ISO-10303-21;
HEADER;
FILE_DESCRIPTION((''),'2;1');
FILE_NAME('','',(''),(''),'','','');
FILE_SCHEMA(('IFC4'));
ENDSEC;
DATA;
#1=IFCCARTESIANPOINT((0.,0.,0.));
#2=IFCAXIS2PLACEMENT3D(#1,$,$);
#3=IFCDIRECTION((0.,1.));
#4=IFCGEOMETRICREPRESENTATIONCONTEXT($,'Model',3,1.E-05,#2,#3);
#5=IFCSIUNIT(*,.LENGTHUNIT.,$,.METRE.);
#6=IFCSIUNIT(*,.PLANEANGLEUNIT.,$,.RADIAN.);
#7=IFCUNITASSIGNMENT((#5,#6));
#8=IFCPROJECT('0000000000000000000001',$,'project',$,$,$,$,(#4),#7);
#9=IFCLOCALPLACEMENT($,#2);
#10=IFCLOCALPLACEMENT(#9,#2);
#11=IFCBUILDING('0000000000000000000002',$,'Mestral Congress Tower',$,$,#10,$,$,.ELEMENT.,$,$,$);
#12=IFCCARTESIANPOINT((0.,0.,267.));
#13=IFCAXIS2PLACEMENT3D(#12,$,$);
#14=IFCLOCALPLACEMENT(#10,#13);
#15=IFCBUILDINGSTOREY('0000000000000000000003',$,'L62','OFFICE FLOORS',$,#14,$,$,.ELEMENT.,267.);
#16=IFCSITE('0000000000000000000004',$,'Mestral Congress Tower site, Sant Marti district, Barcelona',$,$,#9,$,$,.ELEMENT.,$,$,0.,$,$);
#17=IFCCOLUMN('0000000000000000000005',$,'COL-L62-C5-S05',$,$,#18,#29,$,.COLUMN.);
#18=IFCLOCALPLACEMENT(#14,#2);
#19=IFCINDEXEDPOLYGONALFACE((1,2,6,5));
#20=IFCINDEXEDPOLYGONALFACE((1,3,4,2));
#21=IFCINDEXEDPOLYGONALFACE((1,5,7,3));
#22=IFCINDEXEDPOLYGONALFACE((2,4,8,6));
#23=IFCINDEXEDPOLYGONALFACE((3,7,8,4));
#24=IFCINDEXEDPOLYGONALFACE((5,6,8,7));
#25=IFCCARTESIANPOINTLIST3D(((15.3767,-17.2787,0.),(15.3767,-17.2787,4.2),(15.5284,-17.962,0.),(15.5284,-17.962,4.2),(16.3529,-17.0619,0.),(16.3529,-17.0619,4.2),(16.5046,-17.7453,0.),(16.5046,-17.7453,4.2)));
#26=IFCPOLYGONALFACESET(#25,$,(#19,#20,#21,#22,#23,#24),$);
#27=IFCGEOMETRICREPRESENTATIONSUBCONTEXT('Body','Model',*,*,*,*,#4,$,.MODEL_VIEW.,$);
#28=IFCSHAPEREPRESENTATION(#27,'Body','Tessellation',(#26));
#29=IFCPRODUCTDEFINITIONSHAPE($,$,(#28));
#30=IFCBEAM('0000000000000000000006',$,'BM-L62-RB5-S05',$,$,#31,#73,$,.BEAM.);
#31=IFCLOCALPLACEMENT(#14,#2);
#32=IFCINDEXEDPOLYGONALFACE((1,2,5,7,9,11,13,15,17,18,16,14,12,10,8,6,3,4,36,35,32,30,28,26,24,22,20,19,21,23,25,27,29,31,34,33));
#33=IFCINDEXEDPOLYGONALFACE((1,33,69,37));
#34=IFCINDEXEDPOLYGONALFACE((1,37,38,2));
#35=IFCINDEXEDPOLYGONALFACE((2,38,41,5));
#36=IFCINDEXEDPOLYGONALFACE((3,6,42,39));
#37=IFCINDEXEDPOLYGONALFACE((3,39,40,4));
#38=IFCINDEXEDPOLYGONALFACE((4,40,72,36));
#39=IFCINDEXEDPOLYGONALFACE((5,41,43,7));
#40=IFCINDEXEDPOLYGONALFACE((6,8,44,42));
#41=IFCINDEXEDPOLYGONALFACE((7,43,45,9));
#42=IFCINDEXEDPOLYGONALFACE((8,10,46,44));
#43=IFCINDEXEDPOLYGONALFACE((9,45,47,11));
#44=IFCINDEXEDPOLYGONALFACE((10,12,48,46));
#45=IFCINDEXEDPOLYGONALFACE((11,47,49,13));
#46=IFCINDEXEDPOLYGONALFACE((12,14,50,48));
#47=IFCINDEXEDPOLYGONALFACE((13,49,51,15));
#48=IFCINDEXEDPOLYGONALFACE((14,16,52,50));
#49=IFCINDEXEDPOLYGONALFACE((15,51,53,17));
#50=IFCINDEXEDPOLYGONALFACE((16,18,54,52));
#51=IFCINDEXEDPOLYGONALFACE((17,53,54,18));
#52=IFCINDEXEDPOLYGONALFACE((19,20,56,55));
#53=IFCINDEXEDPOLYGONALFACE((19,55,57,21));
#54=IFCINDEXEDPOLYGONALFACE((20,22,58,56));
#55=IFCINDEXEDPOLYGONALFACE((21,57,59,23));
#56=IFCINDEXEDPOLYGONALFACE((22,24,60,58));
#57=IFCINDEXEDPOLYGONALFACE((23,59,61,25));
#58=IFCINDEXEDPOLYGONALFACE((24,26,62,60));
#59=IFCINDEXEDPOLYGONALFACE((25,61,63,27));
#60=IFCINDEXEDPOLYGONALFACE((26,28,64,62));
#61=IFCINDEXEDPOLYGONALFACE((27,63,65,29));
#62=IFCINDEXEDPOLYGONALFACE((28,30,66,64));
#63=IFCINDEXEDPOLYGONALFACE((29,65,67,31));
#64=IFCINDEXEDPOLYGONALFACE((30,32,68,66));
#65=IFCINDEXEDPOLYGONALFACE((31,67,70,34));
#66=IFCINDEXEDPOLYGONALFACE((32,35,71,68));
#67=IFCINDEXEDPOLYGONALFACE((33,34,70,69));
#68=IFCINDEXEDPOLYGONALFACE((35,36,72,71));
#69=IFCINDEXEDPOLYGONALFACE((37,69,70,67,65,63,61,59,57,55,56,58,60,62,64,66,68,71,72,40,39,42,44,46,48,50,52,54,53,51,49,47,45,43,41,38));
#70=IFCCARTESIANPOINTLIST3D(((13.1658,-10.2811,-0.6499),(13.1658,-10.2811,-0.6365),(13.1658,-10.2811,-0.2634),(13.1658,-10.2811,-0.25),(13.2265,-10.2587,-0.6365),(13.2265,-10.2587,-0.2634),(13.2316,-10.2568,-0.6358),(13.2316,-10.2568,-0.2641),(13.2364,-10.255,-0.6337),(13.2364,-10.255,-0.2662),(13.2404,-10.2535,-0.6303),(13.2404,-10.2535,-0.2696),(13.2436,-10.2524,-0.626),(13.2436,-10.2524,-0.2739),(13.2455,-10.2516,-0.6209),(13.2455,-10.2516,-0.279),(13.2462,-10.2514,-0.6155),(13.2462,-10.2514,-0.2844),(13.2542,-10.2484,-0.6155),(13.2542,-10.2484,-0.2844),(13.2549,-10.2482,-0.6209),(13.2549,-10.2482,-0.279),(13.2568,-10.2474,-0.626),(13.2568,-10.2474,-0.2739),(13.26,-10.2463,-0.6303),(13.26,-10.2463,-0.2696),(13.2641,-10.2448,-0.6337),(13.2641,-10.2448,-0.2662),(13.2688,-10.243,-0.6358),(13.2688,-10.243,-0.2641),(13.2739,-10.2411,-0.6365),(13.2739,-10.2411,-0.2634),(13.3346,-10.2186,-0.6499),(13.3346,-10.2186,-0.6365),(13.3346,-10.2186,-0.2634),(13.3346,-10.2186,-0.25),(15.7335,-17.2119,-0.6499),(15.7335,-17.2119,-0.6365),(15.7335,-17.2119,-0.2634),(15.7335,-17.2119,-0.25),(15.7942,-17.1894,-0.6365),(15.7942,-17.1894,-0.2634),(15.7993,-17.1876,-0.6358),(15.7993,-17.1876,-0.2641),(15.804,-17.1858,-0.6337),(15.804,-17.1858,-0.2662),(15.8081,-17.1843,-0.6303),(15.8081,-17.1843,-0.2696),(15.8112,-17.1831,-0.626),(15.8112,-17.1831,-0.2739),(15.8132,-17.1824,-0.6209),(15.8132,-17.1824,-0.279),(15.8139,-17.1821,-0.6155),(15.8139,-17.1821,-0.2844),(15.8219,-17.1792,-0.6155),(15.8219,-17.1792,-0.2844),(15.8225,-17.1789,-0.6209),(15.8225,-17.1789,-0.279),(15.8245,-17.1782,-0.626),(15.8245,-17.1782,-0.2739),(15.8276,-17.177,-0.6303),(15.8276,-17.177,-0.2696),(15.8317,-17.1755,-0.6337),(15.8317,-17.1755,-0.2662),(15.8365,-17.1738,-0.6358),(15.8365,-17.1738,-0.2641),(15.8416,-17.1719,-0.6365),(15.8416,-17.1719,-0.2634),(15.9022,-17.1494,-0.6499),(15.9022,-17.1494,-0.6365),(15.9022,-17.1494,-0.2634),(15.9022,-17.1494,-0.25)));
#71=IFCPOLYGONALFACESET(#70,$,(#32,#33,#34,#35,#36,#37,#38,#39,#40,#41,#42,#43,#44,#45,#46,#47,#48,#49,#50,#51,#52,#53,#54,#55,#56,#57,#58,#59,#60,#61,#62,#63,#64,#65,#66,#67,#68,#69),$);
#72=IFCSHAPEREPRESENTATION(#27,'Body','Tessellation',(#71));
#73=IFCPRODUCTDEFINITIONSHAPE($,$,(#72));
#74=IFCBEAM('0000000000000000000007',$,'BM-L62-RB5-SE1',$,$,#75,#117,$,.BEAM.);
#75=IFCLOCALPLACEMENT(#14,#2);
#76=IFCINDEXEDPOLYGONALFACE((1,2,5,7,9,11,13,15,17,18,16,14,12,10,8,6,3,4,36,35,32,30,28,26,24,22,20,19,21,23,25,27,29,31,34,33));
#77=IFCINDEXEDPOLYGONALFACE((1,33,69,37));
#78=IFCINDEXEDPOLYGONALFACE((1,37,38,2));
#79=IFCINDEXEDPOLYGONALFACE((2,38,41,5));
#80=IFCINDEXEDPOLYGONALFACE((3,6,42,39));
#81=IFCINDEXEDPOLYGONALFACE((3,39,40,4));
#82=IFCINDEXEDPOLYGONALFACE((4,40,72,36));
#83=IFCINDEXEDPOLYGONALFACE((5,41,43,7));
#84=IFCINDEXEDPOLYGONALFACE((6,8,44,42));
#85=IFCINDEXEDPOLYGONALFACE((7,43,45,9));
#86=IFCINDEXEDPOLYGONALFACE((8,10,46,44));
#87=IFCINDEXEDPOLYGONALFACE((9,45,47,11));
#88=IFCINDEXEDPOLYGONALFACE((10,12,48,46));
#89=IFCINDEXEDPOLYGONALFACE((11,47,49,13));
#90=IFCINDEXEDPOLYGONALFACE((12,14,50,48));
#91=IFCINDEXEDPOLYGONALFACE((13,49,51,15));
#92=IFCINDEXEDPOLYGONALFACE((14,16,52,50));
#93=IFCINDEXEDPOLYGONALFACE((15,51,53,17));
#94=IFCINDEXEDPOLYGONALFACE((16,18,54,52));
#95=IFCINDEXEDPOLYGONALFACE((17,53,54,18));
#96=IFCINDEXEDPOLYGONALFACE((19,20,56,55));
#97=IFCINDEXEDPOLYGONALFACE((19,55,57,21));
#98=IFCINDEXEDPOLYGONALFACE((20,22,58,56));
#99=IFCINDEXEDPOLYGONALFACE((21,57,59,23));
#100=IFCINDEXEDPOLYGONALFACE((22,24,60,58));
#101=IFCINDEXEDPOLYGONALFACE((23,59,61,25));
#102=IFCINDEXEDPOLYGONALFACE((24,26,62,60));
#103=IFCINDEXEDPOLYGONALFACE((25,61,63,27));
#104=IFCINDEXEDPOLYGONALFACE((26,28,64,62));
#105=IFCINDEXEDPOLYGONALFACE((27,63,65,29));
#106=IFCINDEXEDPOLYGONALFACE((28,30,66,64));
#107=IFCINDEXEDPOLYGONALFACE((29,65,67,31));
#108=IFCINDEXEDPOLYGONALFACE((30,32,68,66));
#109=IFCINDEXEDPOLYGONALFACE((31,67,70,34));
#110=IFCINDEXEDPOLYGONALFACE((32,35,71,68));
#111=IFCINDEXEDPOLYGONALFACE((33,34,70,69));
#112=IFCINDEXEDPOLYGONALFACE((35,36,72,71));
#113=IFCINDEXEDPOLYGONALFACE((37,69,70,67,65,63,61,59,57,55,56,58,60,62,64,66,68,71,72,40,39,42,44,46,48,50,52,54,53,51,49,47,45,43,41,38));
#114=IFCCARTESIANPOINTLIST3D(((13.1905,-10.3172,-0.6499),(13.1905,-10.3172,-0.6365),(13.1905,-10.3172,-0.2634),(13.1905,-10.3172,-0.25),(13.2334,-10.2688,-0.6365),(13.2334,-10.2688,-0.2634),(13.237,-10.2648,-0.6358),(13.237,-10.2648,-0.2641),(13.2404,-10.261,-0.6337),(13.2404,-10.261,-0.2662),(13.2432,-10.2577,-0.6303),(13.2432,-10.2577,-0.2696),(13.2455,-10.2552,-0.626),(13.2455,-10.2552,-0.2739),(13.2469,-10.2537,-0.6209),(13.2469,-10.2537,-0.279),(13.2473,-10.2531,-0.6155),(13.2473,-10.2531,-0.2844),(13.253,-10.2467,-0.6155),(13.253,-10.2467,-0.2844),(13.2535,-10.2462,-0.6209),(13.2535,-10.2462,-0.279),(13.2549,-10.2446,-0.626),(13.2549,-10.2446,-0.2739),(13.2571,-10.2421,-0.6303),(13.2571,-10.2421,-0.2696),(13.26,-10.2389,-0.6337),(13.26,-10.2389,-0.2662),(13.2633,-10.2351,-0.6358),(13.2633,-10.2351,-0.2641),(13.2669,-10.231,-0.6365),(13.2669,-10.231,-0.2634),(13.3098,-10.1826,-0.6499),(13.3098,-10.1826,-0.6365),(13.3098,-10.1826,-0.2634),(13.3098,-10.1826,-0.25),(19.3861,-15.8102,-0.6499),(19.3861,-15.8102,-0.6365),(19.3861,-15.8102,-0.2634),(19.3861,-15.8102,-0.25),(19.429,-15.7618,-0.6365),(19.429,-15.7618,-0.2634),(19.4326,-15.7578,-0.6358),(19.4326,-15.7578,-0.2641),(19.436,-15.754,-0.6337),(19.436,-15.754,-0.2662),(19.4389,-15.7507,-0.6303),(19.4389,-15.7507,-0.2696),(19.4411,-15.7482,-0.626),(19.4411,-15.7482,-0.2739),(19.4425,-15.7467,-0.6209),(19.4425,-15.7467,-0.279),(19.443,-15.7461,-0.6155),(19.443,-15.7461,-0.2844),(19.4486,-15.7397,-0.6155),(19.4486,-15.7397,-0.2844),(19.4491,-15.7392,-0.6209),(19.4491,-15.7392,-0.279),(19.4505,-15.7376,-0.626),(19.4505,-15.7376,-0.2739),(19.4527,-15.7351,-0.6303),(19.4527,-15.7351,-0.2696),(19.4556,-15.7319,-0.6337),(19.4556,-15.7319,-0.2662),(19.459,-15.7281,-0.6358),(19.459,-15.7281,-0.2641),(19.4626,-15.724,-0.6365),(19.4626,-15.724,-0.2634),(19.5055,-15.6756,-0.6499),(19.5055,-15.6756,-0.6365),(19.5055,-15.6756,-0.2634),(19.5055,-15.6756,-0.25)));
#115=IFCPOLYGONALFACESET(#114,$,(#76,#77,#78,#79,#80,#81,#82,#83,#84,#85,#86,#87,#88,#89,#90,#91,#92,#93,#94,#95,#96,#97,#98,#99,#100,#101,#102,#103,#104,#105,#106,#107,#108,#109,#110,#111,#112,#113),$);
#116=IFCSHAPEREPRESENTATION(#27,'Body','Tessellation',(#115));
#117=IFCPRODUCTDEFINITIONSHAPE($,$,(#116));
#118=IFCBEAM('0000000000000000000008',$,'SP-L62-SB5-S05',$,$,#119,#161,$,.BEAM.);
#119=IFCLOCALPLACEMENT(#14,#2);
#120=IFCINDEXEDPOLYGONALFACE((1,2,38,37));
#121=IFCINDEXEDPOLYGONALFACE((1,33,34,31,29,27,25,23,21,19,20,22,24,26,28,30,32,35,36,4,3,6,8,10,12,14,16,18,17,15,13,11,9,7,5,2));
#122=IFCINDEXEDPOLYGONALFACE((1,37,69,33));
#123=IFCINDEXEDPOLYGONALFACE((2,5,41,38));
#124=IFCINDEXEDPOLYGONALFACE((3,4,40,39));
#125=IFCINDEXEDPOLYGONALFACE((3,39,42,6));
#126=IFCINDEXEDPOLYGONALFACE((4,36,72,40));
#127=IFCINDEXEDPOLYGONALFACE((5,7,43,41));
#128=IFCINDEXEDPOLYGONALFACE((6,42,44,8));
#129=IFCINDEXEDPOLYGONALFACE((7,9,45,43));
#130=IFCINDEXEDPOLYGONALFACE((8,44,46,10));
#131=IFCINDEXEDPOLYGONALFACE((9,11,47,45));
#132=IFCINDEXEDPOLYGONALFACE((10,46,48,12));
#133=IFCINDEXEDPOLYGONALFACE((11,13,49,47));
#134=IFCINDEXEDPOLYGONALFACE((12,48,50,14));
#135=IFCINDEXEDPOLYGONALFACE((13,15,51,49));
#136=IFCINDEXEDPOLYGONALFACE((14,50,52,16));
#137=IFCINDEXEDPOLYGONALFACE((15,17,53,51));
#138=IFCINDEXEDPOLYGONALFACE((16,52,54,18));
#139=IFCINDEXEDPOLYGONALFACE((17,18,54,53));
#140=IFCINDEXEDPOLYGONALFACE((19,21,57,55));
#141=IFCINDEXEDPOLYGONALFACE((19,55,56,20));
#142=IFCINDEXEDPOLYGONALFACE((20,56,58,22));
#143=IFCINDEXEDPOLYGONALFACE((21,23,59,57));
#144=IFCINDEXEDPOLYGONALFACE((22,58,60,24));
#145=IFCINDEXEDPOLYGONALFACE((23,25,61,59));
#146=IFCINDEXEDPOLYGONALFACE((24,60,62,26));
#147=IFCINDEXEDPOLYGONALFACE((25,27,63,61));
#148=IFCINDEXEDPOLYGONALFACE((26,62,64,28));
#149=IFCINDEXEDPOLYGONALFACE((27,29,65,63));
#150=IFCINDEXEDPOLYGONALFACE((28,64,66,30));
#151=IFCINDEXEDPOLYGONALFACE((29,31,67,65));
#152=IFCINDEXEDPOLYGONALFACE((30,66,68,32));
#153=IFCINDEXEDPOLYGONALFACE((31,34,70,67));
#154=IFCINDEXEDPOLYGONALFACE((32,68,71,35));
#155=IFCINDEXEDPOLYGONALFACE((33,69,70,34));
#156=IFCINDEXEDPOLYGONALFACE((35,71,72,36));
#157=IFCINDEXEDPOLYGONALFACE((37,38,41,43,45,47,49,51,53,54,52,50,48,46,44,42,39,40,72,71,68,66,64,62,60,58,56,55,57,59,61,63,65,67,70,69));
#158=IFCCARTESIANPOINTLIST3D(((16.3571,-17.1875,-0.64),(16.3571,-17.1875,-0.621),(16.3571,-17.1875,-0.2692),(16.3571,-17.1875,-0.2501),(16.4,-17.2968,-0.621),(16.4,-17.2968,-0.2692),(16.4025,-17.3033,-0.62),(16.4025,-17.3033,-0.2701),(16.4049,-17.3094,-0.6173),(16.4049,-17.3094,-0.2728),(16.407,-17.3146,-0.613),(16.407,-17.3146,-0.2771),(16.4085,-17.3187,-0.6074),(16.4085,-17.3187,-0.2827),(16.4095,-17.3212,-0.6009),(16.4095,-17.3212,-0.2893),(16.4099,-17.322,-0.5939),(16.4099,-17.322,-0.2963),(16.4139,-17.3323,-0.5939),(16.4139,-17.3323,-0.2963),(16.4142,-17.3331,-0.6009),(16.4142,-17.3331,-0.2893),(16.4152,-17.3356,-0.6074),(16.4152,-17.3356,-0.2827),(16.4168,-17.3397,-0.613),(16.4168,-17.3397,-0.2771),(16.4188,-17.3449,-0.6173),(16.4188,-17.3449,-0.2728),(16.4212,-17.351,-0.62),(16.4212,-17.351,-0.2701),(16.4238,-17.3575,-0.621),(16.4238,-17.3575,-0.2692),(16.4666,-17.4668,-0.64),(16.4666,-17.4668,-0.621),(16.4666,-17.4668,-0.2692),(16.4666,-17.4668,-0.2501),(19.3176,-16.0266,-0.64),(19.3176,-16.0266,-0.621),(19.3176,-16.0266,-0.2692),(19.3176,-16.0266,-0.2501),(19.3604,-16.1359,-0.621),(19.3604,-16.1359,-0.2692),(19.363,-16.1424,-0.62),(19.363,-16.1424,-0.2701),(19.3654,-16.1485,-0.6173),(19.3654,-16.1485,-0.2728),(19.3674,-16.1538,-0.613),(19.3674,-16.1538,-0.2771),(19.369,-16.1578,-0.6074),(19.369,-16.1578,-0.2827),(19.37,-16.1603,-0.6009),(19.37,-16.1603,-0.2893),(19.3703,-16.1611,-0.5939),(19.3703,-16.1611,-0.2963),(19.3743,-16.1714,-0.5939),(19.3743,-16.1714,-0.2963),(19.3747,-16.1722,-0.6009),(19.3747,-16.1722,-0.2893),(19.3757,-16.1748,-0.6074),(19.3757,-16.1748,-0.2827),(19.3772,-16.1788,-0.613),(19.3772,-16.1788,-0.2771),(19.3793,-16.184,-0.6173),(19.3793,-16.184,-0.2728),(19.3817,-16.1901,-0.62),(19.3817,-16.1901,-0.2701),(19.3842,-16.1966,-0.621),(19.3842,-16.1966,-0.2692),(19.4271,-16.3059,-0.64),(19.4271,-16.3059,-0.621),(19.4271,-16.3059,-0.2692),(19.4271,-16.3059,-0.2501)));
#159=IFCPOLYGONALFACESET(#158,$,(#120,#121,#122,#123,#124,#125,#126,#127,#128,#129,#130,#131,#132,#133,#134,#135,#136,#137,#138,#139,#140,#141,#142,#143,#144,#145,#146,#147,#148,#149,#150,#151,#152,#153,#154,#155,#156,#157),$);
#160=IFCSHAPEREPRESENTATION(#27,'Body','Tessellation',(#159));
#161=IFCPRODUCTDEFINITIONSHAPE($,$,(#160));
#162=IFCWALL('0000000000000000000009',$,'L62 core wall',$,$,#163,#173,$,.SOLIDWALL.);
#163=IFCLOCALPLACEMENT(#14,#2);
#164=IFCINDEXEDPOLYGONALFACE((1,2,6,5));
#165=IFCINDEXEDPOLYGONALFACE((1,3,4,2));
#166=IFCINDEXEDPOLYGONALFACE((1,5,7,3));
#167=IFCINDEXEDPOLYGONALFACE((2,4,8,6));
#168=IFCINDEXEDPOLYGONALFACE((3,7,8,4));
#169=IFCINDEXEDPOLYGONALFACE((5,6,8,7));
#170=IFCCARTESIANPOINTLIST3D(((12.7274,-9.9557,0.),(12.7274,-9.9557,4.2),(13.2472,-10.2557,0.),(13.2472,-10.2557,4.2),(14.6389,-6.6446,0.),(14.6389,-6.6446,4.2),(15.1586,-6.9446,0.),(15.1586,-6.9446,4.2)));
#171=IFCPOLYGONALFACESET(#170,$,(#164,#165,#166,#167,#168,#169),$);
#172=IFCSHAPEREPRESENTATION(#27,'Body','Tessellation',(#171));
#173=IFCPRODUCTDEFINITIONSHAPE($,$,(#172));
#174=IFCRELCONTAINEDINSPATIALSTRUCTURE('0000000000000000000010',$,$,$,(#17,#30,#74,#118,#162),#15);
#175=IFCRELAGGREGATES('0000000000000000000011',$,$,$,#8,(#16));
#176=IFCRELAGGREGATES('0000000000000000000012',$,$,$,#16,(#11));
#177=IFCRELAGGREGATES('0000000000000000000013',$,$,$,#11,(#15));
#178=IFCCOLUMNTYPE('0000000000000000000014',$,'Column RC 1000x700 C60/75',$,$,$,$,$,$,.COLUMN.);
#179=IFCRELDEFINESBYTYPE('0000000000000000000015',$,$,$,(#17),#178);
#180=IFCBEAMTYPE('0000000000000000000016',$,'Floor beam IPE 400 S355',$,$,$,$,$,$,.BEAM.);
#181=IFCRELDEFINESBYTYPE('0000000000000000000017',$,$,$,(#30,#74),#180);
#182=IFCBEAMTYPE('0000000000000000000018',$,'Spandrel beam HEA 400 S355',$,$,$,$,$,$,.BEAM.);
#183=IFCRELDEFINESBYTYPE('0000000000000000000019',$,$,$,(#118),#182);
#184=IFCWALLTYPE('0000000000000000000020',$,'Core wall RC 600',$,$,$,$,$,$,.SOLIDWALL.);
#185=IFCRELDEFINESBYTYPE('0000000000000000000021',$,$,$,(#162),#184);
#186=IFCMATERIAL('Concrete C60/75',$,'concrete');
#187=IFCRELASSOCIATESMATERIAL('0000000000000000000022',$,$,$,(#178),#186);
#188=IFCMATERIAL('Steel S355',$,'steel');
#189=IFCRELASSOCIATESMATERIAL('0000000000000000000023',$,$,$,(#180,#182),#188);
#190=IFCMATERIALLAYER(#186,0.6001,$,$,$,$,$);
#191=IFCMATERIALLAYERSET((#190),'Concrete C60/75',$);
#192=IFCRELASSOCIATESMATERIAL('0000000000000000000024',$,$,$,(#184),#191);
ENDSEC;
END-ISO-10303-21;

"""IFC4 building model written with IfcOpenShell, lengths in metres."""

from ifc_helpers import new_model, si_unit, direction, frame, frame_2d, origin, origin_2d, place, context, subcontext, project, spatial, rectangle, i_section, extrude, material, layer, layer_set, material_profile, profile_set, type_object, element, save


model = new_model("IFC4")

# Units and contexts
model_context = context("Model", 3, precision=1e-05, world=origin(), true_north=direction((0.0, 1.0)))
body_context = subcontext(model_context, "Body", "Model", "MODEL_VIEW")
ifc_project = project(units=[si_unit("LENGTHUNIT", "METRE"), si_unit("PLANEANGLEUNIT", "RADIAN")], contexts=[model_context])

# Site, building, storey
site_placement = place(None, origin())
site = spatial("IfcSite", under=ifc_project, at=site_placement, Name="Mestral Congress Tower site, Sant Marti district, Barcelona", CompositionType="ELEMENT", RefElevation=0.0)
building_placement = place(site_placement, origin())
building = spatial("IfcBuilding", under=site, at=building_placement, Name="Mestral Congress Tower", CompositionType="ELEMENT")
storey_placement = place(building_placement, frame((0.0, 0.0, 267.0)))
storey = spatial("IfcBuildingStorey", under=building, at=storey_placement, Name="L62", Description="OFFICE FLOORS", CompositionType="ELEMENT", Elevation=267.0)

# Column
ifc_material_1 = material(Name="Concrete C60/75", Category="concrete")
ifc_material_profile_1 = material_profile(ifc_material_1, rectangle(XDim=1.0, YDim=0.7, at=origin_2d()), Name="RC 1000x700")
ifc_profile_set_1 = profile_set([ifc_material_profile_1], Name="Concrete C60/75")
column_type = type_object("IfcColumnType", Name="Column RC 1000x700 C60/75", PredefinedType="COLUMN", material=ifc_profile_set_1)
column_placement = place(storey_placement, frame((15.9407, -17.512, 0.0), z_axis=(0.0, 0.0, 1.0), x_axis=(0.976234, 0.216721, 0.0)))
element("IfcColumn", 1, at=column_placement, inside=storey, type_object=column_type, Name="COL-L62-C5-S05", PredefinedType="COLUMN", context=body_context, shape_type="SweptSolid", body=[
    extrude(rectangle(XDim=1.0, YDim=0.7, at=origin_2d()), origin(), (0.0, 0.0, 1.0), 4.2),
])

# Beams
ifc_material_2 = material(Name="Steel S355", Category="steel")
ifc_material_profile_2 = material_profile(ifc_material_2, i_section(OverallWidth=0.1799, OverallDepth=0.3999, WebThickness=0.0085, FlangeThickness=0.0134, FilletRadius=0.021, at=origin_2d()), Name="IPE 400")
ifc_profile_set_2 = profile_set([ifc_material_profile_2], Name="Steel S355")
beam_type_1 = type_object("IfcBeamType", Name="Floor beam IPE 400 S355", PredefinedType="BEAM", material=ifc_profile_set_2)
beam_1_placement = place(storey_placement, frame((15.8179, -17.1807, -0.45), z_axis=(-0.347399, 0.937717, 0.0), x_axis=(-0.937717, -0.347399, 0.0)))
element("IfcBeam", 2, at=beam_1_placement, inside=storey, type_object=beam_type_1, Name="BM-L62-RB5-S05", PredefinedType="BEAM", context=body_context, shape_type="SweptSolid", body=[
    extrude(i_section(OverallWidth=0.1799, OverallDepth=0.3999, WebThickness=0.0085, FlangeThickness=0.0134, FilletRadius=0.021, at=origin_2d()), origin(), (0.0, 0.0, 1.0), 7.3911),
])
beam_2_placement = place(storey_placement, frame((19.4458, -15.7429, -0.45), z_axis=(-0.748263, 0.663402, 0.0), x_axis=(-0.663402, -0.748263, 0.0)))
element("IfcBeam", 3, at=beam_2_placement, inside=storey, type_object=beam_type_1, Name="BM-L62-RB5-SE1", PredefinedType="BEAM", context=body_context, shape_type="SweptSolid", body=[
    extrude(i_section(OverallWidth=0.1799, OverallDepth=0.3999, WebThickness=0.0085, FlangeThickness=0.0134, FilletRadius=0.021, at=origin_2d()), origin(), (0.0, 0.0, 1.0), 8.28),
])
ifc_material_profile_3 = material_profile(ifc_material_2, i_section(OverallWidth=0.3, OverallDepth=0.3899, WebThickness=0.011, FlangeThickness=0.019, FilletRadius=0.0271, at=origin_2d()), Name="HEA 400")
ifc_profile_set_3 = profile_set([ifc_material_profile_3], Name="Steel S355")
beam_type_2 = type_object("IfcBeamType", Name="Spandrel beam HEA 400 S355", PredefinedType="BEAM", material=ifc_profile_set_3)
beam_3_placement = place(storey_placement, frame((16.4119, -17.3271, -0.4451), z_axis=(0.930981, 0.365068, 0.0), x_axis=(-0.365068, 0.930981, 0.0)))
element("IfcBeam", 4, at=beam_3_placement, inside=storey, type_object=beam_type_2, Name="SP-L62-SB5-S05", PredefinedType="BEAM", context=body_context, shape_type="SweptSolid", body=[
    extrude(i_section(OverallWidth=0.3, OverallDepth=0.3899, WebThickness=0.011, FlangeThickness=0.019, FilletRadius=0.0271, at=origin_2d()), origin(), (0.0, 0.0, 1.0), 3.1799),
])

# Wall
ifc_layer_1 = layer(ifc_material_1, 0.6001)
ifc_layer_set_1 = layer_set([ifc_layer_1], Name="Concrete C60/75")
wall_type_1 = type_object("IfcWallType", Name="Core wall RC 600", PredefinedType="SOLIDWALL", material=ifc_layer_set_1)
wall_1_placement = place(storey_placement, frame((12.9873, -10.1057, 0.0), z_axis=(0.0, 0.0, 1.0), x_axis=(0.499951, 0.866054, 0.0)))
element("IfcWall", 5, at=wall_1_placement, inside=storey, type_object=wall_type_1, Name="L62 core wall", PredefinedType="SOLIDWALL", context=body_context, shape_type="SweptSolid", body=[
    extrude(rectangle(XDim=3.8232, YDim=0.6001, at=frame_2d((1.9116, 0.0))), origin(), (0.0, 0.0, 1.0), 4.2),
])

save(model, "model.ifc")
